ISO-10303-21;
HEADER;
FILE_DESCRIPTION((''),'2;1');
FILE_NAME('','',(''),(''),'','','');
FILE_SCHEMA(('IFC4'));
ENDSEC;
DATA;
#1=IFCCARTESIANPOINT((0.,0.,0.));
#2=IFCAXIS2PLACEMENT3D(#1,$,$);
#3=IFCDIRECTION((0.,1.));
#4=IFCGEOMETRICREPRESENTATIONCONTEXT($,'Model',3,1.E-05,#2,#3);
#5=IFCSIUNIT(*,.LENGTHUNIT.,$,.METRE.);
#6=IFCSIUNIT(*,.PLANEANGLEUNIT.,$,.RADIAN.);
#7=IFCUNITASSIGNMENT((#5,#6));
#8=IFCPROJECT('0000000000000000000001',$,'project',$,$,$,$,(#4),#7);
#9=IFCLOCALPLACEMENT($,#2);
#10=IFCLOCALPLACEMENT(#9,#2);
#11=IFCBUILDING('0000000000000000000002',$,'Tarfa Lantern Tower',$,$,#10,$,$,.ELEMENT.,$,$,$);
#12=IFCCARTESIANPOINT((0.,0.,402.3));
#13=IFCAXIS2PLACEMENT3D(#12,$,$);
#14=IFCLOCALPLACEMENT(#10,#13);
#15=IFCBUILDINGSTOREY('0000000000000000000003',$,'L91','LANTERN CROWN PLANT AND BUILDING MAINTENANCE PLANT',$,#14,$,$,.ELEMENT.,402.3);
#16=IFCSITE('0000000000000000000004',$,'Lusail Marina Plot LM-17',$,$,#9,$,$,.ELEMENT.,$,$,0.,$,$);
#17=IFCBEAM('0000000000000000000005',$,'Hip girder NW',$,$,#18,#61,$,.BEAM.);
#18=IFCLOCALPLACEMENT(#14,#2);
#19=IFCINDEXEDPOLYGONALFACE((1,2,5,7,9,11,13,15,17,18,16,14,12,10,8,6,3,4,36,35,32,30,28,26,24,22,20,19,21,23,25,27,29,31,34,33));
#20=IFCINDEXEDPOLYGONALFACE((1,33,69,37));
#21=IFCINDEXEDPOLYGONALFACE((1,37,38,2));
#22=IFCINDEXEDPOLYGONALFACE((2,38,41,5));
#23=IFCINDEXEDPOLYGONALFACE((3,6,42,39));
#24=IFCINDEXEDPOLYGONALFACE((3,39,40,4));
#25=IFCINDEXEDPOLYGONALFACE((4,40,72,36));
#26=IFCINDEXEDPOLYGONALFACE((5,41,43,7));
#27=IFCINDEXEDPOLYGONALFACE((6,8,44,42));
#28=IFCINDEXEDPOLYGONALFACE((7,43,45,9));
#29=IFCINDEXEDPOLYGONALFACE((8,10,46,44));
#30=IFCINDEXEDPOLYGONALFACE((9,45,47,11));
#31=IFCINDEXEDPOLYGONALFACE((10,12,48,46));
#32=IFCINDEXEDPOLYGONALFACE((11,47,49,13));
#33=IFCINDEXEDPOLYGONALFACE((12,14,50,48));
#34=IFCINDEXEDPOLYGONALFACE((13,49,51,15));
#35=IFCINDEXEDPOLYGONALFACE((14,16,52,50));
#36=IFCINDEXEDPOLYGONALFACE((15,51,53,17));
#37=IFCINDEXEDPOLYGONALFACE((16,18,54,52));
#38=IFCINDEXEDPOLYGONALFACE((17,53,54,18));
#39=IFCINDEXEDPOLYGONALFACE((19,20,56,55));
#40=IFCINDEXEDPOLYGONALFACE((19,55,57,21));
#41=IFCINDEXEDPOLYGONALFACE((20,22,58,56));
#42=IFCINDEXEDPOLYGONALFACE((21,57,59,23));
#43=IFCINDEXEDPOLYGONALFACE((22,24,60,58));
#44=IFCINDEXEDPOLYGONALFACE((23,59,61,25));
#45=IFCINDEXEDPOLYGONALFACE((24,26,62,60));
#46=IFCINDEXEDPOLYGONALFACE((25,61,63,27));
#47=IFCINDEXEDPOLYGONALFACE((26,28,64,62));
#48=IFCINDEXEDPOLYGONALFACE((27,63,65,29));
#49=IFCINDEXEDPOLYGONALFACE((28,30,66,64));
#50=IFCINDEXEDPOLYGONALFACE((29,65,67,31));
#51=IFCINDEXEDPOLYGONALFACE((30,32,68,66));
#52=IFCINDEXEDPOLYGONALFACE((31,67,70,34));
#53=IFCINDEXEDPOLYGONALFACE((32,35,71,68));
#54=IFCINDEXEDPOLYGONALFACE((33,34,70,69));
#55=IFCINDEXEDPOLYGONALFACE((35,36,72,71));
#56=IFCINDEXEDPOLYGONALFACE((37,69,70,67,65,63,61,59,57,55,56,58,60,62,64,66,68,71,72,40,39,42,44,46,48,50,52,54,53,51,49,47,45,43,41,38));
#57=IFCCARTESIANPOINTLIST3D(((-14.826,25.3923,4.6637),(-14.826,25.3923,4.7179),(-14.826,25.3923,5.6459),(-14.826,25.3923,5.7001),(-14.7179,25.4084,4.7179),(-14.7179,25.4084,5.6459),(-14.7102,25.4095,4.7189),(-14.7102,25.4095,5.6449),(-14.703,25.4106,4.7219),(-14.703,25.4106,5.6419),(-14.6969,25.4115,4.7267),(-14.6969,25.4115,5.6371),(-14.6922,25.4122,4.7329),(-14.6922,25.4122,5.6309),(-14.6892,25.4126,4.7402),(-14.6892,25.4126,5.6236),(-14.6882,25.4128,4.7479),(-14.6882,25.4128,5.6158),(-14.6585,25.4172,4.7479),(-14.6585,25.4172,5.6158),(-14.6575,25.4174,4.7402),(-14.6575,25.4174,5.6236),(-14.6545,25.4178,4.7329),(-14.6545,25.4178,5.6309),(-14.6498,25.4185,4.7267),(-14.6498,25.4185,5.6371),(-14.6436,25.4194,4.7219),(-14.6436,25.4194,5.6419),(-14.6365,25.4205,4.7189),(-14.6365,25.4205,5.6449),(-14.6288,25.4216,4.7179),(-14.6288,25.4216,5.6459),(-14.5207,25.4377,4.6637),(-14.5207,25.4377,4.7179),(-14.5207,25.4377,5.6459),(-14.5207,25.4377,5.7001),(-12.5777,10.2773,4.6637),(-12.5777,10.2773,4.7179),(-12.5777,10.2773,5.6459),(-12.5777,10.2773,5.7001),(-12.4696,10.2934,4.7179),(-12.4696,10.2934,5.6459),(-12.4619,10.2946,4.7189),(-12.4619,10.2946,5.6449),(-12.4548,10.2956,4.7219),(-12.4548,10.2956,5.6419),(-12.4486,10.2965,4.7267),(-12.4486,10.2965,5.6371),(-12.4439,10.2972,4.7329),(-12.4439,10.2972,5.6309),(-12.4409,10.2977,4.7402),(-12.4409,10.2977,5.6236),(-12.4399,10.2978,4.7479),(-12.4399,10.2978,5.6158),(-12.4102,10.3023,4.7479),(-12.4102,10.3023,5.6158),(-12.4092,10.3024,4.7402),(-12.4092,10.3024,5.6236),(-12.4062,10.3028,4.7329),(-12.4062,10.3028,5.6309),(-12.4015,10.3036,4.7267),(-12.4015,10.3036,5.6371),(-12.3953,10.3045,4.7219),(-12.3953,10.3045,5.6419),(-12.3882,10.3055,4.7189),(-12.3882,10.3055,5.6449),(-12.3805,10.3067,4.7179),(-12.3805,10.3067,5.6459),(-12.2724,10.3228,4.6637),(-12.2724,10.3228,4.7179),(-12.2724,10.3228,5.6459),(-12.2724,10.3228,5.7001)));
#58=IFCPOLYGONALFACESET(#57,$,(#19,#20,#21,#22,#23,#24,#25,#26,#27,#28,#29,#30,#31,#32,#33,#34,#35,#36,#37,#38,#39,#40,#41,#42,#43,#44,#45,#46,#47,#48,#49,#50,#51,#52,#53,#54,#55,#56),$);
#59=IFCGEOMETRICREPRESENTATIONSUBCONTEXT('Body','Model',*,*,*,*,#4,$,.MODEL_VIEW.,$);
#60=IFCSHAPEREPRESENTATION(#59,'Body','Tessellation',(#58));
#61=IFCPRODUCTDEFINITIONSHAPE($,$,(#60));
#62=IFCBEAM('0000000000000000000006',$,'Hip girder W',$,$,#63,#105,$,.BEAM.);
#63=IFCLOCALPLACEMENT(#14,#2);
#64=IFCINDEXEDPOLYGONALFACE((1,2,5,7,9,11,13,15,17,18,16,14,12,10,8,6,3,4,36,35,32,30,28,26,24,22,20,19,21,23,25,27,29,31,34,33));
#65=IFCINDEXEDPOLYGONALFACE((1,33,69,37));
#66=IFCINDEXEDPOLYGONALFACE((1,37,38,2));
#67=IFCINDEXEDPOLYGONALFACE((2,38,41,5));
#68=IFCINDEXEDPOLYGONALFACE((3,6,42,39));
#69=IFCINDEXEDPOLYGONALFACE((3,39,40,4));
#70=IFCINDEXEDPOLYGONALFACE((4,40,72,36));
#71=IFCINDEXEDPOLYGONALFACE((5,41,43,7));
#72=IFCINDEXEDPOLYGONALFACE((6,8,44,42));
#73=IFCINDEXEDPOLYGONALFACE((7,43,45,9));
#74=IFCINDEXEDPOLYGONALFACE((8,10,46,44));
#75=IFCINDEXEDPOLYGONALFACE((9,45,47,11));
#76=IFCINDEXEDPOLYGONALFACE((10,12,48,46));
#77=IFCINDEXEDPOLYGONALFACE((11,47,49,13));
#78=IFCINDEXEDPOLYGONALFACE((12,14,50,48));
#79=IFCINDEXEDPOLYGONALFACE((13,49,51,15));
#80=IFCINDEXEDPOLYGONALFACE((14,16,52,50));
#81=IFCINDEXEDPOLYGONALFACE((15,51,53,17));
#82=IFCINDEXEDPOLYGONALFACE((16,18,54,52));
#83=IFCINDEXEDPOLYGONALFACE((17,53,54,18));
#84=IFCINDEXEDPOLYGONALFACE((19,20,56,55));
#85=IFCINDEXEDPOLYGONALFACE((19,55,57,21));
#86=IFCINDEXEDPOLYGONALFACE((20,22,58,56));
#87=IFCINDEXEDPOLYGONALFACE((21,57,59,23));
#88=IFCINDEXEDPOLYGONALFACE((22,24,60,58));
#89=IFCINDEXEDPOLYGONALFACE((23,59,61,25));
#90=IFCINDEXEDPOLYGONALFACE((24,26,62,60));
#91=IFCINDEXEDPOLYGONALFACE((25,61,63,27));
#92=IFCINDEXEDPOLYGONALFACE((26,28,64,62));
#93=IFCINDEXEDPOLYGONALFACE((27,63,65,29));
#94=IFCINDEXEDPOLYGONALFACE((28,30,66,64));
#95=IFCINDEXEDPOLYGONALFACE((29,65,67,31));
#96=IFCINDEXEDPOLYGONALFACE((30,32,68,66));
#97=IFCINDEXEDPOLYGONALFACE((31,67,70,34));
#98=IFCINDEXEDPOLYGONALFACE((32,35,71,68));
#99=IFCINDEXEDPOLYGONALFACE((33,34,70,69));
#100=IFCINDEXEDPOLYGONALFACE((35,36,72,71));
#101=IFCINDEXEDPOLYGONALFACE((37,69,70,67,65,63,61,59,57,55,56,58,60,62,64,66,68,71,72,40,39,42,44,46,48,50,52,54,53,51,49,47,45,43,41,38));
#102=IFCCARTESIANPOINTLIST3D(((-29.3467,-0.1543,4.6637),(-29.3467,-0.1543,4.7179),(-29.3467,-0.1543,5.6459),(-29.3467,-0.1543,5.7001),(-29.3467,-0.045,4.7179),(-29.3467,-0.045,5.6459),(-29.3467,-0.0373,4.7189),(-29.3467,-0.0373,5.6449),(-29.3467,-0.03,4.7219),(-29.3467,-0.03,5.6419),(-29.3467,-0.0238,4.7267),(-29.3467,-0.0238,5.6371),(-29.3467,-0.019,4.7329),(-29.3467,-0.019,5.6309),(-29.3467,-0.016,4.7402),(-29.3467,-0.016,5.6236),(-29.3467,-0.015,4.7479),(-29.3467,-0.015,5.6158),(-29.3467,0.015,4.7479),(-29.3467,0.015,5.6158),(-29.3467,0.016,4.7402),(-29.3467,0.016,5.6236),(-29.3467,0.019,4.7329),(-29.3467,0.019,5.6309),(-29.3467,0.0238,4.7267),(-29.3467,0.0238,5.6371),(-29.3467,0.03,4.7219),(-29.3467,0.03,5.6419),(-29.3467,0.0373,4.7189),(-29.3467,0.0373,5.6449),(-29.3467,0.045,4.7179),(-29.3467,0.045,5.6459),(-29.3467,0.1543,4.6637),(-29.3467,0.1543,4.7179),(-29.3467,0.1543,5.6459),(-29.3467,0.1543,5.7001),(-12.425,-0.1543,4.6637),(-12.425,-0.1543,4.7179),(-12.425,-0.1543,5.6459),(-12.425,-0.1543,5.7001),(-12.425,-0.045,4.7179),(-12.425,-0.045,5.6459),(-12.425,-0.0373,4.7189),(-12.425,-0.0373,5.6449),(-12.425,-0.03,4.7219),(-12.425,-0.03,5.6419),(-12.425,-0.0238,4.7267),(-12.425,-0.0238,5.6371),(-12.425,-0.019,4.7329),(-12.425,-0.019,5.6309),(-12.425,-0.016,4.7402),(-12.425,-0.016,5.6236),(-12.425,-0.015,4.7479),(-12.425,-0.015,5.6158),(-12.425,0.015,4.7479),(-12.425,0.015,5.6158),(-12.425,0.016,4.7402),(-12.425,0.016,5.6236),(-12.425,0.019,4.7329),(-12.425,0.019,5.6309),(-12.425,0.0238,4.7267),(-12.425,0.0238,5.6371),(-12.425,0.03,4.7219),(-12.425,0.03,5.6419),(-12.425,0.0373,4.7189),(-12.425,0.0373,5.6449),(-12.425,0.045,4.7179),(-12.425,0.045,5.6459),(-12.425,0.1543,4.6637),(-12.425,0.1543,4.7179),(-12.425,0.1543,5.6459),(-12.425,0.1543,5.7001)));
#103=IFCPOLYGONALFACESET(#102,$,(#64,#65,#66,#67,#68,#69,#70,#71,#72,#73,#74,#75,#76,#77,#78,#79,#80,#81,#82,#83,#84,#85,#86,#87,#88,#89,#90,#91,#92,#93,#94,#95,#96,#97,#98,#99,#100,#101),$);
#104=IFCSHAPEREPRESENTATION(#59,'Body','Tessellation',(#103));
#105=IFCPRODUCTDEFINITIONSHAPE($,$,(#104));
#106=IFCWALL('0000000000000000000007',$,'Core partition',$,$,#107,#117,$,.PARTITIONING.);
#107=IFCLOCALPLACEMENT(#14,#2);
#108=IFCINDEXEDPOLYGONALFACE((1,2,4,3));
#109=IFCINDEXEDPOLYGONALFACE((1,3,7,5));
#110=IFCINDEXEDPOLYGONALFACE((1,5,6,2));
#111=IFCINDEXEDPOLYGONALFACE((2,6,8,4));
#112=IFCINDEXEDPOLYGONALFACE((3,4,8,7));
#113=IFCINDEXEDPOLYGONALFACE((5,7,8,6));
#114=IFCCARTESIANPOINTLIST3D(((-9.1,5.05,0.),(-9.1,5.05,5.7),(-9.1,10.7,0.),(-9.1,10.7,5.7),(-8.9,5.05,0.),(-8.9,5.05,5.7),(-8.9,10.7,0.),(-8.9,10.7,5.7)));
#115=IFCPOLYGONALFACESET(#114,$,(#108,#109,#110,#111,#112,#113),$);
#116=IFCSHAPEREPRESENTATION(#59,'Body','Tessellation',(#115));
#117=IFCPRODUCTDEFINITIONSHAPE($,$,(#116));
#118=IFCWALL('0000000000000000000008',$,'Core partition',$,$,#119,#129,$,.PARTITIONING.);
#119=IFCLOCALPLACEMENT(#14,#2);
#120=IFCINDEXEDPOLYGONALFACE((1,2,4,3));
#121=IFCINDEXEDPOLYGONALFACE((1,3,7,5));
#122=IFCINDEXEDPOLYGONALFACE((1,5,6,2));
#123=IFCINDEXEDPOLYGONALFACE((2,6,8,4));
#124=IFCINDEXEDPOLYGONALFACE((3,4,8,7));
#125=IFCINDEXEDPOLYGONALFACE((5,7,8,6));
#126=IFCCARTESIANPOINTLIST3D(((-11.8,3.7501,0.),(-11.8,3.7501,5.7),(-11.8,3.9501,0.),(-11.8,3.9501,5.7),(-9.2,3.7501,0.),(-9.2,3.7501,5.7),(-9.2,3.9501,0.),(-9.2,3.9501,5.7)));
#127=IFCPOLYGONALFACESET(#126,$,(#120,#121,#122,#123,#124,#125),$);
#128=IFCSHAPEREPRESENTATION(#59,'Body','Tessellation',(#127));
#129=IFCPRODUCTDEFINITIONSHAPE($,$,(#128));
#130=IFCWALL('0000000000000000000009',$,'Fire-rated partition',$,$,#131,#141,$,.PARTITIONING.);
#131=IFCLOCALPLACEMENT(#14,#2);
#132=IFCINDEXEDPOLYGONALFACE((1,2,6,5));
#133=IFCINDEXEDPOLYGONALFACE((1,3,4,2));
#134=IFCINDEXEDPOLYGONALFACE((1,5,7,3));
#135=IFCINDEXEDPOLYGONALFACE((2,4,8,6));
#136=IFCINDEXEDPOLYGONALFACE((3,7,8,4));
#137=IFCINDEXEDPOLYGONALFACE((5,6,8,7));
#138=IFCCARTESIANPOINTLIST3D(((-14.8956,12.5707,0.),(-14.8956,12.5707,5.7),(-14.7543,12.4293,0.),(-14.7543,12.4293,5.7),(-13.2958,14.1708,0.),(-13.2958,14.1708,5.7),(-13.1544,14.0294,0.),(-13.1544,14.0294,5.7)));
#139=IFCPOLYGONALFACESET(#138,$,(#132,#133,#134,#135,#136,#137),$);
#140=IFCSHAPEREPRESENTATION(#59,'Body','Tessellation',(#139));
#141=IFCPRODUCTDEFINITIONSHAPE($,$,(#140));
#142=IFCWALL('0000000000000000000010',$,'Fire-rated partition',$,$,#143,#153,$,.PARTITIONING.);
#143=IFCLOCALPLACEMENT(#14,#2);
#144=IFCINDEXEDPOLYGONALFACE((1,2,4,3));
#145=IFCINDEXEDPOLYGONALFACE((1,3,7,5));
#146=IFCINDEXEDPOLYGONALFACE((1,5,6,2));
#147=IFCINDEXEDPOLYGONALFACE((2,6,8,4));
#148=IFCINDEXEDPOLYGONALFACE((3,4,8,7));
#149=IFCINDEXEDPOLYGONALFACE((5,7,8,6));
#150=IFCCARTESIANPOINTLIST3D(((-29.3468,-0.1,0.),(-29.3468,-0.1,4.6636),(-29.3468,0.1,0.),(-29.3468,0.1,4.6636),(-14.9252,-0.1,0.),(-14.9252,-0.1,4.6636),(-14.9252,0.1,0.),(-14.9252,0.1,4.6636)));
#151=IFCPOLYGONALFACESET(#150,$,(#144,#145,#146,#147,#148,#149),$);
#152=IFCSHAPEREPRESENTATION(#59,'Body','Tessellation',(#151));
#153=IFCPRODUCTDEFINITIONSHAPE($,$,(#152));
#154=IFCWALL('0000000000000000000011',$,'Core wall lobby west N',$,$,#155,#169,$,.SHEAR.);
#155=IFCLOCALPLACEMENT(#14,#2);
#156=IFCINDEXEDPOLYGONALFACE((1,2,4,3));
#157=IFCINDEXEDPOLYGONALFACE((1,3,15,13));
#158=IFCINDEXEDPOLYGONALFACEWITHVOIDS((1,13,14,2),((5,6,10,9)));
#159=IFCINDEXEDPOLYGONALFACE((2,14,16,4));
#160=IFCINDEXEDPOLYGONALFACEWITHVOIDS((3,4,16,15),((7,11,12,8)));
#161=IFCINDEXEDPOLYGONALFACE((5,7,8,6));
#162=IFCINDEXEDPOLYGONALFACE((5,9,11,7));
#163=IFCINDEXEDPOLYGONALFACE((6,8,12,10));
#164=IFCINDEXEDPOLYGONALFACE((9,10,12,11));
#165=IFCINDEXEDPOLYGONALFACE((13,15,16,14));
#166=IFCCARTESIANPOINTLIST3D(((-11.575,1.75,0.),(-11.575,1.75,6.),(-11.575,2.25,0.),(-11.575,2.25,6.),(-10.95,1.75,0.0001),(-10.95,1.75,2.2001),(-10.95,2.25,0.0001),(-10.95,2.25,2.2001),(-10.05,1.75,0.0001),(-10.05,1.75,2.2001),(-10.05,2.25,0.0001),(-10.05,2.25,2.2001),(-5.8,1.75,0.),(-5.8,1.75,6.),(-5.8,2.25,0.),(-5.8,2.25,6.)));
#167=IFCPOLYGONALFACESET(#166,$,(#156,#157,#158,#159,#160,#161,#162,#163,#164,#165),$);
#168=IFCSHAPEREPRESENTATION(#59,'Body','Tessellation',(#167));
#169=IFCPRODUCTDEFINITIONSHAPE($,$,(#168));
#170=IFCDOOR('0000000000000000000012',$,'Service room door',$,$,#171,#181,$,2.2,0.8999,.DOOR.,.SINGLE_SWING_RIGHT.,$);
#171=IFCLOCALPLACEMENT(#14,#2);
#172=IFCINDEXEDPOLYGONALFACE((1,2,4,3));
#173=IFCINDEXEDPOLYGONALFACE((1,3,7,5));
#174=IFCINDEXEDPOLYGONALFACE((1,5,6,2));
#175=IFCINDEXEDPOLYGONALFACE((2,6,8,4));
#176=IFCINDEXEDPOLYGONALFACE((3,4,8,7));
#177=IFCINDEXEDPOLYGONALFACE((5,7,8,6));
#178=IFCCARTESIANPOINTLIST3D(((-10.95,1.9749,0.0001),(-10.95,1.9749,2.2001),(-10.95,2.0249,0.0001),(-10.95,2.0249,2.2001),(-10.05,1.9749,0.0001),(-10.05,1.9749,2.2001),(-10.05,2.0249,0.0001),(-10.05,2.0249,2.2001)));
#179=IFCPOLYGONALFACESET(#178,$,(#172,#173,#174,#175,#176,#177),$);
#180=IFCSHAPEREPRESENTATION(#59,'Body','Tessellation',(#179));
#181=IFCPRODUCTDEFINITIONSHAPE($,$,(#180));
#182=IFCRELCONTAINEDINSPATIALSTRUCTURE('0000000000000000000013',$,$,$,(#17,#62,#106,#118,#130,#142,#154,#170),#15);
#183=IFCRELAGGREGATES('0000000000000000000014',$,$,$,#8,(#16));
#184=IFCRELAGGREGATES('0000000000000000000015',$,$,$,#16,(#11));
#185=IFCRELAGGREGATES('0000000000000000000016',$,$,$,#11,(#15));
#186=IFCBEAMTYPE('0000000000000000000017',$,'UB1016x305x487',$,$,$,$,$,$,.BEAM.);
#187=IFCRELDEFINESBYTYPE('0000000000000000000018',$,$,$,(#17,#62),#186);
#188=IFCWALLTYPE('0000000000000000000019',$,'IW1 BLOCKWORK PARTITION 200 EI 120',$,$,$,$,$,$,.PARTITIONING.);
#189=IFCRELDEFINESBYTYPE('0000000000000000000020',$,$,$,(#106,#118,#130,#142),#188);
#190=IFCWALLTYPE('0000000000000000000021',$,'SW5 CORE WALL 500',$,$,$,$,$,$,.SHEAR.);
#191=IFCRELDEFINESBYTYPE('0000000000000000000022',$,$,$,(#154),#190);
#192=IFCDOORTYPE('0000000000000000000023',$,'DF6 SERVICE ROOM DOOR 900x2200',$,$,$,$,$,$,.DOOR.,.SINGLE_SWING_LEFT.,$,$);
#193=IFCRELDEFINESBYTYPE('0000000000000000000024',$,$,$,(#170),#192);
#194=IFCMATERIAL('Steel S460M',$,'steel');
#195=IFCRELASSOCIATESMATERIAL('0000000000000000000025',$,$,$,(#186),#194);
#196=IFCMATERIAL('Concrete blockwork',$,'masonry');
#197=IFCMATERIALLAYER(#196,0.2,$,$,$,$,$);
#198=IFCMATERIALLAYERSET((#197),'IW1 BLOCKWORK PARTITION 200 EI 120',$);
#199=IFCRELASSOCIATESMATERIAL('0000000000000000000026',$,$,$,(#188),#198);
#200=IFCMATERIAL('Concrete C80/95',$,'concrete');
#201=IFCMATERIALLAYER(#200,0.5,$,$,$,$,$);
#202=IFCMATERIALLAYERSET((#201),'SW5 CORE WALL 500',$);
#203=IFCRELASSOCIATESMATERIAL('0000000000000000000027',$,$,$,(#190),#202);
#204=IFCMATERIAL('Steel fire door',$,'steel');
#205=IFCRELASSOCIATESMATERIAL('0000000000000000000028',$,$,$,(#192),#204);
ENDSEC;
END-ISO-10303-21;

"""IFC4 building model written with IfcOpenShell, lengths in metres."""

from ifc_helpers import new_model, si_unit, direction, frame, frame_2d, origin, origin_2d, place, context, subcontext, project, spatial, rectangle, i_section, extrude, material, layer, layer_set, material_profile, profile_set, type_object, element, fill, save


model = new_model("IFC4")

# Units and contexts
model_context = context("Model", 3, precision=1e-05, world=origin(), true_north=direction((0.0, 1.0)))
body_context = subcontext(model_context, "Body", "Model", "MODEL_VIEW")
ifc_project = project(units=[si_unit("LENGTHUNIT", "METRE"), si_unit("PLANEANGLEUNIT", "RADIAN")], contexts=[model_context])

# Site, building, storey
site_placement = place(None, origin())
site = spatial("IfcSite", under=ifc_project, at=site_placement, Name="Lusail Marina Plot LM-17", CompositionType="ELEMENT", RefElevation=0.0)
building_placement = place(site_placement, origin())
building = spatial("IfcBuilding", under=site, at=building_placement, Name="Tarfa Lantern Tower", CompositionType="ELEMENT")
storey_placement = place(building_placement, frame((0.0, 0.0, 402.3)))
storey = spatial("IfcBuildingStorey", under=building, at=storey_placement, Name="L91", Description="LANTERN CROWN PLANT AND BUILDING MAINTENANCE PLANT", CompositionType="ELEMENT", Elevation=402.3)

# Beams
ifc_material_1 = material(Name="Steel S460M", Category="steel")
ifc_material_profile = material_profile(ifc_material_1, i_section(OverallWidth=0.3086, OverallDepth=1.0364, WebThickness=0.03, FlangeThickness=0.0542, FilletRadius=0.03, at=origin_2d()), Name="UB1016x305x487")
ifc_profile_set = profile_set([ifc_material_profile], Name="Steel S460M")
beam_type = type_object("IfcBeamType", Name="UB1016x305x487", PredefinedType="BEAM", material=ifc_profile_set)
beam_1_placement = place(storey_placement, frame((-12.425, 10.3, 5.1819), z_axis=(-0.147127, 0.989118, 0.0), x_axis=(-0.989118, -0.147127, 0.0)))
element("IfcBeam", 1, at=beam_1_placement, inside=storey, type_object=beam_type, Name="Hip girder NW", PredefinedType="BEAM", context=body_context, shape_type="SweptSolid", body=[
    extrude(i_section(OverallWidth=0.3086, OverallDepth=1.0364, WebThickness=0.03, FlangeThickness=0.0542, FilletRadius=0.03, at=origin_2d()), origin(), (0.0, 0.0, 1.0), 15.2812),
])
beam_2_placement = place(storey_placement, frame((-12.425, 0.0, 5.1819), z_axis=(-1.0, 0.0, 0.0), x_axis=(0.0, -1.0, 0.0)))
element("IfcBeam", 2, at=beam_2_placement, inside=storey, type_object=beam_type, Name="Hip girder W", PredefinedType="BEAM", context=body_context, shape_type="SweptSolid", body=[
    extrude(i_section(OverallWidth=0.3086, OverallDepth=1.0364, WebThickness=0.03, FlangeThickness=0.0542, FilletRadius=0.03, at=origin_2d()), origin(), (0.0, 0.0, 1.0), 16.9216),
])

# Walls
ifc_material_2 = material(Name="Concrete blockwork", Category="masonry")
ifc_layer_1 = layer(ifc_material_2, 0.2)
ifc_layer_set_1 = layer_set([ifc_layer_1], Name="IW1 BLOCKWORK PARTITION 200 EI 120")
wall_type_1 = type_object("IfcWallType", Name="IW1 BLOCKWORK PARTITION 200 EI 120", PredefinedType="PARTITIONING", material=ifc_layer_set_1)
wall_1_placement = place(storey_placement, frame((-9.0, 5.05, 0.0), z_axis=(0.0, 0.0, 1.0), x_axis=(0.0, 1.0, 0.0)))
element("IfcWall", 3, at=wall_1_placement, inside=storey, type_object=wall_type_1, Name="Core partition", PredefinedType="PARTITIONING", context=body_context, shape_type="SweptSolid", body=[
    extrude(rectangle(XDim=5.6499, YDim=0.2, at=frame_2d((2.825, 0.0))), origin(), (0.0, 0.0, 1.0), 5.7),
])
wall_2_placement = place(storey_placement, frame((-11.8, 3.8501, 0.0), z_axis=(0.0, 0.0, 1.0), x_axis=(1.0, 0.0, 0.0)))
element("IfcWall", 4, at=wall_2_placement, inside=storey, type_object=wall_type_1, Name="Core partition", PredefinedType="PARTITIONING", context=body_context, shape_type="SweptSolid", body=[
    extrude(rectangle(XDim=2.6001, YDim=0.2, at=frame_2d((1.3, 0.0))), origin(), (0.0, 0.0, 1.0), 5.7),
])
wall_3_placement = place(storey_placement, frame((-14.825, 12.5, 0.0), z_axis=(0.0, 0.0, 1.0), x_axis=(0.707053, 0.707161, 0.0)))
element("IfcWall", 5, at=wall_3_placement, inside=storey, type_object=wall_type_1, Name="Fire-rated partition", PredefinedType="PARTITIONING", context=body_context, shape_type="SweptSolid", body=[
    extrude(rectangle(XDim=2.2627, YDim=0.2, at=frame_2d((1.1313, 0.0))), origin(), (0.0, 0.0, 1.0), 5.7),
])
wall_4_placement = place(storey_placement, frame((-14.925, 0.0, 0.0), z_axis=(0.0, 0.0, 1.0), x_axis=(-1.0, 0.0, 0.0)))
element("IfcWall", 6, at=wall_4_placement, inside=storey, type_object=wall_type_1, Name="Fire-rated partition", PredefinedType="PARTITIONING", context=body_context, shape_type="SweptSolid", body=[
    extrude(rectangle(XDim=14.4216, YDim=0.2, at=frame_2d((7.2109, 0.0))), origin(), (0.0, 0.0, 1.0), 4.6636),
])

# Wall, opening, door
ifc_material_3 = material(Name="Concrete C80/95", Category="concrete")
ifc_material_4 = material(Name="Steel fire door", Category="steel")
ifc_layer_2 = layer(ifc_material_3, 0.5)
ifc_layer_set_2 = layer_set([ifc_layer_2], Name="SW5 CORE WALL 500")
wall_type_2 = type_object("IfcWallType", Name="SW5 CORE WALL 500", PredefinedType="SHEAR", material=ifc_layer_set_2)
wall_5_placement = place(storey_placement, frame((-11.575, 2.0, 0.0), z_axis=(0.0, 0.0, 1.0), x_axis=(1.0, 0.0, 0.0)))
wall_5 = element("IfcWall", 7, at=wall_5_placement, inside=storey, type_object=wall_type_2, Name="Core wall lobby west N", PredefinedType="SHEAR", context=body_context, shape_type="SweptSolid", body=[
    extrude(rectangle(XDim=5.7749, YDim=0.5, at=frame_2d((2.8875, 0.0))), origin(), (0.0, 0.0, 1.0), 6.0),
])
opening_1_placement = place(wall_5_placement, frame((0.625, 0.0, 0.0)))
opening_1 = element("IfcOpeningElement", 8, at=opening_1_placement, cuts=wall_5, PredefinedType="OPENING", context=body_context, shape_type="SweptSolid", body=[
    extrude(rectangle(XDim=0.8999, YDim=2.2, at=frame_2d((0.45, 1.1001))), frame((0.0, 0.26, 0.0), z_axis=(0.0, -1.0, 0.0), x_axis=(1.0, 0.0, 0.0)), (0.0, 0.0, 1.0), 0.52),
])
door_type_1 = type_object("IfcDoorType", Name="DF6 SERVICE ROOM DOOR 900x2200", OperationType="SINGLE_SWING_LEFT", PredefinedType="DOOR", material=ifc_material_4)
door_1_placement = place(opening_1_placement, origin())
door_1 = element("IfcDoor", 9, at=door_1_placement, inside=storey, type_object=door_type_1, Name="Service room door", OperationType="SINGLE_SWING_RIGHT", OverallHeight=2.2, OverallWidth=0.8999, PredefinedType="DOOR", context=body_context, shape_type="SweptSolid", body=[
    extrude(rectangle(XDim=0.8999, YDim=2.2, at=frame_2d((0.45, 1.1001))), frame((0.0, 0.0249, 0.0), z_axis=(0.0, -1.0, 0.0), x_axis=(1.0, 0.0, 0.0)), (0.0, 0.0, 1.0), 0.05),
])
fill(opening_1, door_1)

save(model, "model.ifc")
